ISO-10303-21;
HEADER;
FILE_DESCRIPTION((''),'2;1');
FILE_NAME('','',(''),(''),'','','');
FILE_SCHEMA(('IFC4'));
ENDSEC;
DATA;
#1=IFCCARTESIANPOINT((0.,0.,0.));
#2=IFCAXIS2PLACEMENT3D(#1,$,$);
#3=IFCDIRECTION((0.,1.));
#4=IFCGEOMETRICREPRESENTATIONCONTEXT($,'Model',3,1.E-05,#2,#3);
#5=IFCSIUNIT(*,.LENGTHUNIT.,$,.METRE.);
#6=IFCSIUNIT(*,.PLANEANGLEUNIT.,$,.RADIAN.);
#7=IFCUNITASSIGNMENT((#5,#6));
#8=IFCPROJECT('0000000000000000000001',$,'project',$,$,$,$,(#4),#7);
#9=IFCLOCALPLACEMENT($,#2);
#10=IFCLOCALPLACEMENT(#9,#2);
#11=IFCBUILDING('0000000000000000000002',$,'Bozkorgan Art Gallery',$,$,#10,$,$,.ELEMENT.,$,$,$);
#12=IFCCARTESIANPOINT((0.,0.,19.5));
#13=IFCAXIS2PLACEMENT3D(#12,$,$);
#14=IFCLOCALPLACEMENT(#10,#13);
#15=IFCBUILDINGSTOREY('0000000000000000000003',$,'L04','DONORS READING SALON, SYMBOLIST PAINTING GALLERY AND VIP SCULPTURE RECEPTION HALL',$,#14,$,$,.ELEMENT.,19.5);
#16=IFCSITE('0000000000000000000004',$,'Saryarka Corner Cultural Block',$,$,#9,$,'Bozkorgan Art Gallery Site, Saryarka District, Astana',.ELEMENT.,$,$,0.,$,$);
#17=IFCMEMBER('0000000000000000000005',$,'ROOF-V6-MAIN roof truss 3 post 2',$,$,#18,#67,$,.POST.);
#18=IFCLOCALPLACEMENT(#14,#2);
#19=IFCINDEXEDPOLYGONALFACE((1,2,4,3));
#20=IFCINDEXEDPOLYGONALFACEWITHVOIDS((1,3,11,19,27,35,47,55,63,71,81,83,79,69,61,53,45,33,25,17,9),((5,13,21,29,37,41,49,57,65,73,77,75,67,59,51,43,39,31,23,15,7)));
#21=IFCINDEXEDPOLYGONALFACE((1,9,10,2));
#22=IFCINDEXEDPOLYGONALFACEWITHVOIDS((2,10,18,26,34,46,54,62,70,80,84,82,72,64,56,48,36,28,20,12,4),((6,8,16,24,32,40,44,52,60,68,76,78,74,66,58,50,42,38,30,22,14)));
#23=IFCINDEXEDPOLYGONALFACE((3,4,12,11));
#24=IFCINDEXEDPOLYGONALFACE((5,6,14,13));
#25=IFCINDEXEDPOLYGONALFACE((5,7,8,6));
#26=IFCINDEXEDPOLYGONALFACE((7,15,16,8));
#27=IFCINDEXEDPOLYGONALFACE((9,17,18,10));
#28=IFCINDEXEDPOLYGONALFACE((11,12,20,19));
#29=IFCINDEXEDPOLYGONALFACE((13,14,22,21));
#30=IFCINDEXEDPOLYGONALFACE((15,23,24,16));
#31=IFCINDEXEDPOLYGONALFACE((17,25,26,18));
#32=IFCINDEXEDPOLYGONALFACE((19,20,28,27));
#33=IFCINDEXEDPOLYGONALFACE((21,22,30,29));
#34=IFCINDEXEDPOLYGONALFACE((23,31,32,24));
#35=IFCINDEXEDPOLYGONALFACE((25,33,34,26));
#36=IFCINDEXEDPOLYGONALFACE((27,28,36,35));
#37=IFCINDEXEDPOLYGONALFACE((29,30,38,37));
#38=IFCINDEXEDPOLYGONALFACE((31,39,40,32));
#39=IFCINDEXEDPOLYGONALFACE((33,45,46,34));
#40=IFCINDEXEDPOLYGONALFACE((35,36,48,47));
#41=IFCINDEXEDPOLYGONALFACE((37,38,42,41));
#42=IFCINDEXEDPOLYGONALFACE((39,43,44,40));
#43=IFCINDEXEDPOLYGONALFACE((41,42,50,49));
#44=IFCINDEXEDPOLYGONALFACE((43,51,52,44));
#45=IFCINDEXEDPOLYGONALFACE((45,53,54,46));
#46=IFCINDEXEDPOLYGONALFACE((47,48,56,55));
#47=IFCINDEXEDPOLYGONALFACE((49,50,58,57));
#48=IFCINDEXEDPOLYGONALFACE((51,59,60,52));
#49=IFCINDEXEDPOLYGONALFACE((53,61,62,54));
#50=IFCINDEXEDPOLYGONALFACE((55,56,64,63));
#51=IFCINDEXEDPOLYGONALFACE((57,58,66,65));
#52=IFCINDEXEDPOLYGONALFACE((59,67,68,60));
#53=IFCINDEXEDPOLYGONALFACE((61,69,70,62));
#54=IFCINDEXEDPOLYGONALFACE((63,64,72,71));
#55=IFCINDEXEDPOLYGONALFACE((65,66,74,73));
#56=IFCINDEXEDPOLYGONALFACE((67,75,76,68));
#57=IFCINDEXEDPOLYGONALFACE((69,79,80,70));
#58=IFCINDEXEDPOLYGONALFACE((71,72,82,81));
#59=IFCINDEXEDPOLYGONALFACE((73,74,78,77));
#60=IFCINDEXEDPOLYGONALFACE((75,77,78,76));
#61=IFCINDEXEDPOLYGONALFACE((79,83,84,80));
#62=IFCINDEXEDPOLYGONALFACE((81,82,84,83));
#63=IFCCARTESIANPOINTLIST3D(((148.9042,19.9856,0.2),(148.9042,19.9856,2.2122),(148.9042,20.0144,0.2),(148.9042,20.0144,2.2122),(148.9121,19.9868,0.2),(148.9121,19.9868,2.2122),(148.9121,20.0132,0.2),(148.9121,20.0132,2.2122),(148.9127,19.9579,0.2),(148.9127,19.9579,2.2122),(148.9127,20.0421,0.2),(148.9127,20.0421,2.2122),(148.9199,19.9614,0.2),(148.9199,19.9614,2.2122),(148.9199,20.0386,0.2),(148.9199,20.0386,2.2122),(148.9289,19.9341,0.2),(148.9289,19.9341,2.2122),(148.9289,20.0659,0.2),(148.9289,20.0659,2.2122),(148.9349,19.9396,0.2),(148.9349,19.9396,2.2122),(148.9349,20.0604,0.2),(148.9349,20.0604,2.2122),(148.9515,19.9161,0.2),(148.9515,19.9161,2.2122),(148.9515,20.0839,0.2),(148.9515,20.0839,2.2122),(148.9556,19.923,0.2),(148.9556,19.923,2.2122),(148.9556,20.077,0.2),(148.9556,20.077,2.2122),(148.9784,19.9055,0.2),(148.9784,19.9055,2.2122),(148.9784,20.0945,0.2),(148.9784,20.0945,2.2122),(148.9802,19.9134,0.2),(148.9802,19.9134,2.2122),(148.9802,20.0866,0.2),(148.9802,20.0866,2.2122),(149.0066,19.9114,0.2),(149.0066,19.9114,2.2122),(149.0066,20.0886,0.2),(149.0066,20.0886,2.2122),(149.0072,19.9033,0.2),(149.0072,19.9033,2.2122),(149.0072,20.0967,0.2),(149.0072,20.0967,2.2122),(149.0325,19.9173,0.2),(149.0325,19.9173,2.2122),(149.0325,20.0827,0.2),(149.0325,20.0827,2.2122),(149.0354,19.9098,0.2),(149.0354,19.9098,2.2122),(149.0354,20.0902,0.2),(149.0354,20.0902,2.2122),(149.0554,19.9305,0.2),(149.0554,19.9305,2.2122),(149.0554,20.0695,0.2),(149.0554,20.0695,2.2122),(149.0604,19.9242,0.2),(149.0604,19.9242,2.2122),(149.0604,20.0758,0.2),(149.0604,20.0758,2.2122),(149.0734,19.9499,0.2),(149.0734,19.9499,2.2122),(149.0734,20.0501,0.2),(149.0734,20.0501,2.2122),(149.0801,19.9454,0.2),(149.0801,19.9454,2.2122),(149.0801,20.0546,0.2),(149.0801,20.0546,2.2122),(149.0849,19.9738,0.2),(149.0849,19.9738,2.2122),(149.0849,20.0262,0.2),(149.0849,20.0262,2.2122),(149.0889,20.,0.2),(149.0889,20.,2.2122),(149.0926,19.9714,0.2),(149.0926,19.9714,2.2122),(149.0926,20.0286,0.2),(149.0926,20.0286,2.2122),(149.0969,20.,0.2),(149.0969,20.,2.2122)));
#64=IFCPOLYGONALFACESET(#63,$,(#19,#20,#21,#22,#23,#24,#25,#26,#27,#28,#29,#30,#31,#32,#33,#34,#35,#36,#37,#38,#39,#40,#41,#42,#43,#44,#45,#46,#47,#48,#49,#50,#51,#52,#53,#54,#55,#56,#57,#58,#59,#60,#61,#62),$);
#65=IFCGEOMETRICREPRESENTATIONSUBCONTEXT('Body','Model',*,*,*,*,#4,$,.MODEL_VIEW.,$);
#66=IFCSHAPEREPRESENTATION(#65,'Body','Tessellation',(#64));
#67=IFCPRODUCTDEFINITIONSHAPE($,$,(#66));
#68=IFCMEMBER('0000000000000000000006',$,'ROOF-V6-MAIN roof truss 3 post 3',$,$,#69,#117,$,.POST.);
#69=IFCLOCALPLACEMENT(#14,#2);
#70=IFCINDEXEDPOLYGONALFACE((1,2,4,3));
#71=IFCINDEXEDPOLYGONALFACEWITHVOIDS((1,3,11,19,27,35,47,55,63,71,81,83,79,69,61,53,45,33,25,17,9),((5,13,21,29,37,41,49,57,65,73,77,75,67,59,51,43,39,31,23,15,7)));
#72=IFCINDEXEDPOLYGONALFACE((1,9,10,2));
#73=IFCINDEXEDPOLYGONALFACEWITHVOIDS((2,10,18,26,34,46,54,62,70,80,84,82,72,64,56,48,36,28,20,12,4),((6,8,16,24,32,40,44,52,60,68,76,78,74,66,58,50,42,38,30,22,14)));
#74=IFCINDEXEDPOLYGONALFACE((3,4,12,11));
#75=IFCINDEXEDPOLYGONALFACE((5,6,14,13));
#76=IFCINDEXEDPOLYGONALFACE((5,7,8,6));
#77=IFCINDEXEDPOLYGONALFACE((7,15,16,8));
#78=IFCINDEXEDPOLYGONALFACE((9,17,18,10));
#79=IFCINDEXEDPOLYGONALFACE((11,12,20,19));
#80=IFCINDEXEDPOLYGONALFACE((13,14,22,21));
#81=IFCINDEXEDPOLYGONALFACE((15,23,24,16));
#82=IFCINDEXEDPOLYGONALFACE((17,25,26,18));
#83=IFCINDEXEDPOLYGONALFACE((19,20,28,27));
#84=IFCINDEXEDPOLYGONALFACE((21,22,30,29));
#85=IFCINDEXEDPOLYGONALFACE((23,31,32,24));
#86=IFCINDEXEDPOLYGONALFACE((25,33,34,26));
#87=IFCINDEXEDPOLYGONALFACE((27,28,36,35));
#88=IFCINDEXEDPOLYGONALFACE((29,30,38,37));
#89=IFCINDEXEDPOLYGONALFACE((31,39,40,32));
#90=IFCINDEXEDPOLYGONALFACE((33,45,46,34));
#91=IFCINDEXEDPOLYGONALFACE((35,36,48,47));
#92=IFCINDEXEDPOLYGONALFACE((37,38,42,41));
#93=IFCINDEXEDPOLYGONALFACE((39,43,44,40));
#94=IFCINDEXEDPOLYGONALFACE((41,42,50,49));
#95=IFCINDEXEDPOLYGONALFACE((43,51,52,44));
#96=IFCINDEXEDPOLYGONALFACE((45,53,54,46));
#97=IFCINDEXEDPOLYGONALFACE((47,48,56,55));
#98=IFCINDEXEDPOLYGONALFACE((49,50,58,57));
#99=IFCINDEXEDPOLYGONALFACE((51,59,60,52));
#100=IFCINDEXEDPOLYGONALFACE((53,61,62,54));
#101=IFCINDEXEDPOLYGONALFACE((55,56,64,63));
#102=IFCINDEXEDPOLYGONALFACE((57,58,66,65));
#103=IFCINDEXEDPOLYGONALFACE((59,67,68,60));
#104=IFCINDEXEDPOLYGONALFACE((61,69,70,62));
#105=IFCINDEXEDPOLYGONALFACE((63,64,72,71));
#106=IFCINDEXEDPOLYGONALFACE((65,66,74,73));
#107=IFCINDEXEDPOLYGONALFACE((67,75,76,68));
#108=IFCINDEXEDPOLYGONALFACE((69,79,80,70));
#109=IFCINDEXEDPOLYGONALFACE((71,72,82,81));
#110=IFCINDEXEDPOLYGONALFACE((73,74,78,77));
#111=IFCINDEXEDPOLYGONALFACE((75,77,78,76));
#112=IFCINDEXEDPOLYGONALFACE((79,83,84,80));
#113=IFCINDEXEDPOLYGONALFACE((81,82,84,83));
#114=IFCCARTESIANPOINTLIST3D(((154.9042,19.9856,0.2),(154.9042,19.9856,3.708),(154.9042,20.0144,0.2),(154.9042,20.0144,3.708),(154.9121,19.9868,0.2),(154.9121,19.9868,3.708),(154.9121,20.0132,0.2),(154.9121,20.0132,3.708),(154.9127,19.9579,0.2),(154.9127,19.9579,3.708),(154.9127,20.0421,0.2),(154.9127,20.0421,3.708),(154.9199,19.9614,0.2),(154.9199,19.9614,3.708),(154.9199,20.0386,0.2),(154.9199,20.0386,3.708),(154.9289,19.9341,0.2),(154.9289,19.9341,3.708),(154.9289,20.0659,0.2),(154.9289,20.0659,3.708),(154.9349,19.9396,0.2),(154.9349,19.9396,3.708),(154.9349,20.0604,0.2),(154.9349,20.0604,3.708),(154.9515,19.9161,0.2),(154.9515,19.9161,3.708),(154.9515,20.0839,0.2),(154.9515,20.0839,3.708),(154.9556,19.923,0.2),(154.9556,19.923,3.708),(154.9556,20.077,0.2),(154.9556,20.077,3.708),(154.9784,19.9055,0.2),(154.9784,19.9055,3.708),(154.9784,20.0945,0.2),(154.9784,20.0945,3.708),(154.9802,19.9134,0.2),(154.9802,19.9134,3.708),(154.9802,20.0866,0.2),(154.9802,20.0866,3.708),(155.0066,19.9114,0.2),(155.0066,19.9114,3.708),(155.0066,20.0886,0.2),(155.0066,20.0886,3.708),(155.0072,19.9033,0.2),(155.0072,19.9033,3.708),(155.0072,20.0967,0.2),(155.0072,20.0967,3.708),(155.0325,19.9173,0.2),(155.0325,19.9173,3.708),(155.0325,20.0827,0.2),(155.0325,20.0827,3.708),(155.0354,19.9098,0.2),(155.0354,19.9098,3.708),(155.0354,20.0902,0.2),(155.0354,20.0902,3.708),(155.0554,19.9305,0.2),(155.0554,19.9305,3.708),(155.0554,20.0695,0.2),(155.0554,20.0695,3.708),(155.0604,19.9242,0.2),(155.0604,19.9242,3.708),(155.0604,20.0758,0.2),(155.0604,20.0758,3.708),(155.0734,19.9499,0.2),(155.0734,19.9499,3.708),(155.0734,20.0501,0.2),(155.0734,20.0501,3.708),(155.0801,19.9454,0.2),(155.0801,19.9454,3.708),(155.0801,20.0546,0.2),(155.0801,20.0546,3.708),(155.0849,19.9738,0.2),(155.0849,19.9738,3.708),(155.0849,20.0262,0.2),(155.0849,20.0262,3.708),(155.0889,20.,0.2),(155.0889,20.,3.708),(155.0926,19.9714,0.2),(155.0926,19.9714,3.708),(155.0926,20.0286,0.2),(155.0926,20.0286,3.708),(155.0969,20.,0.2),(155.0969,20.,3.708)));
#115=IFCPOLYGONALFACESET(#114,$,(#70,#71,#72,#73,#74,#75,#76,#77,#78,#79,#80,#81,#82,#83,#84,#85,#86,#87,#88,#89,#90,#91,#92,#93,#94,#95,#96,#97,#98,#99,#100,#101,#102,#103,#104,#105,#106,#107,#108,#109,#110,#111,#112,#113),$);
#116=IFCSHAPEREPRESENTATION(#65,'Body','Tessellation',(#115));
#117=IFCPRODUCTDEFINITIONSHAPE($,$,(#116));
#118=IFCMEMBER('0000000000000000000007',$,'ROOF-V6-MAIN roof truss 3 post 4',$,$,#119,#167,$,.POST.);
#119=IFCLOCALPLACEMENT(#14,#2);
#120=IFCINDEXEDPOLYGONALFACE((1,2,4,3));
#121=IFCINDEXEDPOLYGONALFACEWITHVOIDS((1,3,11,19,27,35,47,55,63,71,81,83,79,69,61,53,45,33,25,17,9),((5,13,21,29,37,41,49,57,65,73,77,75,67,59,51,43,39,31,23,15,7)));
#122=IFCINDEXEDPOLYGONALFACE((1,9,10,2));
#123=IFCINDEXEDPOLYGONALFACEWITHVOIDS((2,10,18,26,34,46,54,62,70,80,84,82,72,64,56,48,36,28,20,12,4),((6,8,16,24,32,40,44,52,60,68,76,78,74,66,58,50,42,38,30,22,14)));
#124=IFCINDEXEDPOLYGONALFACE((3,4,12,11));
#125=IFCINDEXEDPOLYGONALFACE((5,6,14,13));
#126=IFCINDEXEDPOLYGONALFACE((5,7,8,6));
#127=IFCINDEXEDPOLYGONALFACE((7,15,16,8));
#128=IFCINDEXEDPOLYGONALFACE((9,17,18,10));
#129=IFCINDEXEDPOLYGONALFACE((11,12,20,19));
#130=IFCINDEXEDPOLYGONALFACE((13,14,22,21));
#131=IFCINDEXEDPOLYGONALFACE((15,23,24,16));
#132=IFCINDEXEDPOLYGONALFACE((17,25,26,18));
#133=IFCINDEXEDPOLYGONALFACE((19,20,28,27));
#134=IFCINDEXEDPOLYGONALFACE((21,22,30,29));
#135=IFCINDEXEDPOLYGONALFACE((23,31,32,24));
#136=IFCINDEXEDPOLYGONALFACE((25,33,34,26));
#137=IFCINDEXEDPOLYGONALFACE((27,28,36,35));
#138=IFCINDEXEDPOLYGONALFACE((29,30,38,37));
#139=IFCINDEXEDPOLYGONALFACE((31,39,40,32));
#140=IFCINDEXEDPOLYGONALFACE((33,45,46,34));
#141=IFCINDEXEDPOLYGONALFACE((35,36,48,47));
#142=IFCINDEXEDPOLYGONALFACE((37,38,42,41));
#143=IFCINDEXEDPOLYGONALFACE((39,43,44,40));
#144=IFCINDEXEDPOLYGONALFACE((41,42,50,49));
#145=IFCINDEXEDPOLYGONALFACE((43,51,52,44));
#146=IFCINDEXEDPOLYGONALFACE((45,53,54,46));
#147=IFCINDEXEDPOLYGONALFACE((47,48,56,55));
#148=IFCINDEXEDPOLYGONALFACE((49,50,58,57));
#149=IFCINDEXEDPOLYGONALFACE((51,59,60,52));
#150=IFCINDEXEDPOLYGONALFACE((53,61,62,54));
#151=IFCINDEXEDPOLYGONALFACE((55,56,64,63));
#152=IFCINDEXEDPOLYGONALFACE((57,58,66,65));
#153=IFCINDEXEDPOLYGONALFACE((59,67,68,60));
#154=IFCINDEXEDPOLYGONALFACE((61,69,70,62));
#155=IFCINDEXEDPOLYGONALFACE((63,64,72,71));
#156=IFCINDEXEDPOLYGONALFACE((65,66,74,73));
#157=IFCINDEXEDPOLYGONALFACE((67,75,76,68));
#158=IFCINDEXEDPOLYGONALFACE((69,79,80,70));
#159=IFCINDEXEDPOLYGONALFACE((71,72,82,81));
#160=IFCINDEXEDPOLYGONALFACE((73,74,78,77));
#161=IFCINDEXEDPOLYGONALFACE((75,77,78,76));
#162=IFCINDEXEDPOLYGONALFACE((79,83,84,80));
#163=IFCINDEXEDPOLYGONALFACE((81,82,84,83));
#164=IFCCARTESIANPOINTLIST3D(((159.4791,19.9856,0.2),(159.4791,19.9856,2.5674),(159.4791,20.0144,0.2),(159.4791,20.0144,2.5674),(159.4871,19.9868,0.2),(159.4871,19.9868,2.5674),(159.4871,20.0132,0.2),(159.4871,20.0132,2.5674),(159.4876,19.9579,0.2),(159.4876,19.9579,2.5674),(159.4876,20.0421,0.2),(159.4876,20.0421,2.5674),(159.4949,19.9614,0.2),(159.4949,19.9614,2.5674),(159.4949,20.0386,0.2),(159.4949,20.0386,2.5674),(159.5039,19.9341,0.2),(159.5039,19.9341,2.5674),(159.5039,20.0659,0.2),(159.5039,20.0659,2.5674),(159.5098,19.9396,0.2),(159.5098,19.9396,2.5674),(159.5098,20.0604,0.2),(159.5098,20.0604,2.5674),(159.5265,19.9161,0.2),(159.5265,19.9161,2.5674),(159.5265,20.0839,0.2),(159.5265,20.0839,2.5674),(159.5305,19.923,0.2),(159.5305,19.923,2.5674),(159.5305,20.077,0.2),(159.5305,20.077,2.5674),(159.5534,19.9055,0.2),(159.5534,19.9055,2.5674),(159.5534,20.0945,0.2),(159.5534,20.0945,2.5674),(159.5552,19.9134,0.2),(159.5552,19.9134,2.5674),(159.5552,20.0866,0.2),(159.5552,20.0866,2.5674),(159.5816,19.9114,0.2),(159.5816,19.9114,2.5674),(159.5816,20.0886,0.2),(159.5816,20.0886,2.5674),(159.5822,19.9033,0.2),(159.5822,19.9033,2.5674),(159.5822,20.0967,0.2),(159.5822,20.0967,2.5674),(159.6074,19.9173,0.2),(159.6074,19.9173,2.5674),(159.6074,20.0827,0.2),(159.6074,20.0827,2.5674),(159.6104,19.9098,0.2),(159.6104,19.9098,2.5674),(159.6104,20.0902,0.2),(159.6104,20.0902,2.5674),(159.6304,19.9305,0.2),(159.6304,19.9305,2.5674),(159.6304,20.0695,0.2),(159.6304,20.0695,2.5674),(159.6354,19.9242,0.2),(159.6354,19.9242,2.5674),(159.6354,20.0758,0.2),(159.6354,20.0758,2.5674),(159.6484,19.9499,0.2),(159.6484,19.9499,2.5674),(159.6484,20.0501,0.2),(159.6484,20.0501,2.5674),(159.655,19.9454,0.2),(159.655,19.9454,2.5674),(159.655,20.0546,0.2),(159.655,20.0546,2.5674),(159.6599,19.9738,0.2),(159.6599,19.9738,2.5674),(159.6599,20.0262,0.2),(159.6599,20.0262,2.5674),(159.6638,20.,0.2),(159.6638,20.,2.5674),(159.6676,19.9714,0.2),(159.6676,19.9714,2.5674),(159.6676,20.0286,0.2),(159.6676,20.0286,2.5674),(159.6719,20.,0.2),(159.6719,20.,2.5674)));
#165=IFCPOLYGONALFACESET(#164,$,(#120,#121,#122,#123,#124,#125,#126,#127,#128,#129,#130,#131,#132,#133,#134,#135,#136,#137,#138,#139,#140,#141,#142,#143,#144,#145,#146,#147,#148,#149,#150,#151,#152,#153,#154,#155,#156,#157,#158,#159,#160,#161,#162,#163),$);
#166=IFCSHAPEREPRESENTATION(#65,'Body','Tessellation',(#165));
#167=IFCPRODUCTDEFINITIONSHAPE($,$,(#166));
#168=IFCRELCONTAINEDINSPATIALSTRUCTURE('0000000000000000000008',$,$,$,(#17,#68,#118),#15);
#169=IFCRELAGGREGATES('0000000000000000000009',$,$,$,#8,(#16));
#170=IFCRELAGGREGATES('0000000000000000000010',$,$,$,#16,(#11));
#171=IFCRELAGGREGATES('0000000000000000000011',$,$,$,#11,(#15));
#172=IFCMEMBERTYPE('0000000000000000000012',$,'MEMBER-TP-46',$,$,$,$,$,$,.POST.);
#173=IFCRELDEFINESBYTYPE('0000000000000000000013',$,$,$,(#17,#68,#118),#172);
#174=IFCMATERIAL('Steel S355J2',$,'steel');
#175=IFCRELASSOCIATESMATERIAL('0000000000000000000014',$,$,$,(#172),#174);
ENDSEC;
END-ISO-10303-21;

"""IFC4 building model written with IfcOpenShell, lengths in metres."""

from ifc_helpers import new_model, si_unit, direction, frame, origin, origin_2d, place, context, subcontext, project, spatial, hollow_circle, extrude, material, material_profile, profile_set, type_object, element, save


model = new_model("IFC4")

# Units and contexts
model_context = context("Model", 3, precision=1e-05, world=origin(), true_north=direction((0.0, 1.0)))
body_context = subcontext(model_context, "Body", "Model", "MODEL_VIEW")
ifc_project = project(units=[si_unit("LENGTHUNIT", "METRE"), si_unit("PLANEANGLEUNIT", "RADIAN")], contexts=[model_context])

# Site, building, storey
site_placement = place(None, origin())
site = spatial("IfcSite", under=ifc_project, at=site_placement, Name="Saryarka Corner Cultural Block", LongName="Bozkorgan Art Gallery Site, Saryarka District, Astana", CompositionType="ELEMENT", RefElevation=0.0)
building_placement = place(site_placement, origin())
building = spatial("IfcBuilding", under=site, at=building_placement, Name="Bozkorgan Art Gallery", CompositionType="ELEMENT")
storey_placement = place(building_placement, frame((0.0, 0.0, 19.5)))
storey = spatial("IfcBuildingStorey", under=building, at=storey_placement, Name="L04", Description="DONORS READING SALON, SYMBOLIST PAINTING GALLERY AND VIP SCULPTURE RECEPTION HALL", CompositionType="ELEMENT", Elevation=19.5)

# Members
ifc_material_1 = material(Name="Steel S355J2", Category="steel")
ifc_material_profile_1 = material_profile(ifc_material_1, hollow_circle(Radius=0.0969, WallThickness=0.0081, at=origin_2d()), Name="CHS 193.7x8")
ifc_profile_set_1 = profile_set([ifc_material_profile_1], Name="Steel S355J2")
member_type_1 = type_object("IfcMemberType", Name="MEMBER-TP-46", PredefinedType="POST", material=ifc_profile_set_1)
member_1_placement = place(storey_placement, frame((149.0, 20.0, 0.2), z_axis=(0.0, 0.0, 1.0), x_axis=(1.0, 0.0, 0.0)))
element("IfcMember", 1, at=member_1_placement, inside=storey, type_object=member_type_1, Name="ROOF-V6-MAIN roof truss 3 post 2", PredefinedType="POST", context=body_context, shape_type="SweptSolid", body=[
    extrude(hollow_circle(Radius=0.0969, WallThickness=0.0081, at=origin_2d()), origin(), (0.0, 0.0, 1.0), 2.0122),
])
member_2_placement = place(storey_placement, frame((155.0, 20.0, 0.2), z_axis=(0.0, 0.0, 1.0), x_axis=(1.0, 0.0, 0.0)))
element("IfcMember", 2, at=member_2_placement, inside=storey, type_object=member_type_1, Name="ROOF-V6-MAIN roof truss 3 post 3", PredefinedType="POST", context=body_context, shape_type="SweptSolid", body=[
    extrude(hollow_circle(Radius=0.0969, WallThickness=0.0081, at=origin_2d()), origin(), (0.0, 0.0, 1.0), 3.5081),
])
member_3_placement = place(storey_placement, frame((159.575, 20.0, 0.2), z_axis=(0.0, 0.0, 1.0), x_axis=(1.0, 0.0, 0.0)))
element("IfcMember", 3, at=member_3_placement, inside=storey, type_object=member_type_1, Name="ROOF-V6-MAIN roof truss 3 post 4", PredefinedType="POST", context=body_context, shape_type="SweptSolid", body=[
    extrude(hollow_circle(Radius=0.0969, WallThickness=0.0081, at=origin_2d()), origin(), (0.0, 0.0, 1.0), 2.3674),
])

save(model, "model.ifc")
